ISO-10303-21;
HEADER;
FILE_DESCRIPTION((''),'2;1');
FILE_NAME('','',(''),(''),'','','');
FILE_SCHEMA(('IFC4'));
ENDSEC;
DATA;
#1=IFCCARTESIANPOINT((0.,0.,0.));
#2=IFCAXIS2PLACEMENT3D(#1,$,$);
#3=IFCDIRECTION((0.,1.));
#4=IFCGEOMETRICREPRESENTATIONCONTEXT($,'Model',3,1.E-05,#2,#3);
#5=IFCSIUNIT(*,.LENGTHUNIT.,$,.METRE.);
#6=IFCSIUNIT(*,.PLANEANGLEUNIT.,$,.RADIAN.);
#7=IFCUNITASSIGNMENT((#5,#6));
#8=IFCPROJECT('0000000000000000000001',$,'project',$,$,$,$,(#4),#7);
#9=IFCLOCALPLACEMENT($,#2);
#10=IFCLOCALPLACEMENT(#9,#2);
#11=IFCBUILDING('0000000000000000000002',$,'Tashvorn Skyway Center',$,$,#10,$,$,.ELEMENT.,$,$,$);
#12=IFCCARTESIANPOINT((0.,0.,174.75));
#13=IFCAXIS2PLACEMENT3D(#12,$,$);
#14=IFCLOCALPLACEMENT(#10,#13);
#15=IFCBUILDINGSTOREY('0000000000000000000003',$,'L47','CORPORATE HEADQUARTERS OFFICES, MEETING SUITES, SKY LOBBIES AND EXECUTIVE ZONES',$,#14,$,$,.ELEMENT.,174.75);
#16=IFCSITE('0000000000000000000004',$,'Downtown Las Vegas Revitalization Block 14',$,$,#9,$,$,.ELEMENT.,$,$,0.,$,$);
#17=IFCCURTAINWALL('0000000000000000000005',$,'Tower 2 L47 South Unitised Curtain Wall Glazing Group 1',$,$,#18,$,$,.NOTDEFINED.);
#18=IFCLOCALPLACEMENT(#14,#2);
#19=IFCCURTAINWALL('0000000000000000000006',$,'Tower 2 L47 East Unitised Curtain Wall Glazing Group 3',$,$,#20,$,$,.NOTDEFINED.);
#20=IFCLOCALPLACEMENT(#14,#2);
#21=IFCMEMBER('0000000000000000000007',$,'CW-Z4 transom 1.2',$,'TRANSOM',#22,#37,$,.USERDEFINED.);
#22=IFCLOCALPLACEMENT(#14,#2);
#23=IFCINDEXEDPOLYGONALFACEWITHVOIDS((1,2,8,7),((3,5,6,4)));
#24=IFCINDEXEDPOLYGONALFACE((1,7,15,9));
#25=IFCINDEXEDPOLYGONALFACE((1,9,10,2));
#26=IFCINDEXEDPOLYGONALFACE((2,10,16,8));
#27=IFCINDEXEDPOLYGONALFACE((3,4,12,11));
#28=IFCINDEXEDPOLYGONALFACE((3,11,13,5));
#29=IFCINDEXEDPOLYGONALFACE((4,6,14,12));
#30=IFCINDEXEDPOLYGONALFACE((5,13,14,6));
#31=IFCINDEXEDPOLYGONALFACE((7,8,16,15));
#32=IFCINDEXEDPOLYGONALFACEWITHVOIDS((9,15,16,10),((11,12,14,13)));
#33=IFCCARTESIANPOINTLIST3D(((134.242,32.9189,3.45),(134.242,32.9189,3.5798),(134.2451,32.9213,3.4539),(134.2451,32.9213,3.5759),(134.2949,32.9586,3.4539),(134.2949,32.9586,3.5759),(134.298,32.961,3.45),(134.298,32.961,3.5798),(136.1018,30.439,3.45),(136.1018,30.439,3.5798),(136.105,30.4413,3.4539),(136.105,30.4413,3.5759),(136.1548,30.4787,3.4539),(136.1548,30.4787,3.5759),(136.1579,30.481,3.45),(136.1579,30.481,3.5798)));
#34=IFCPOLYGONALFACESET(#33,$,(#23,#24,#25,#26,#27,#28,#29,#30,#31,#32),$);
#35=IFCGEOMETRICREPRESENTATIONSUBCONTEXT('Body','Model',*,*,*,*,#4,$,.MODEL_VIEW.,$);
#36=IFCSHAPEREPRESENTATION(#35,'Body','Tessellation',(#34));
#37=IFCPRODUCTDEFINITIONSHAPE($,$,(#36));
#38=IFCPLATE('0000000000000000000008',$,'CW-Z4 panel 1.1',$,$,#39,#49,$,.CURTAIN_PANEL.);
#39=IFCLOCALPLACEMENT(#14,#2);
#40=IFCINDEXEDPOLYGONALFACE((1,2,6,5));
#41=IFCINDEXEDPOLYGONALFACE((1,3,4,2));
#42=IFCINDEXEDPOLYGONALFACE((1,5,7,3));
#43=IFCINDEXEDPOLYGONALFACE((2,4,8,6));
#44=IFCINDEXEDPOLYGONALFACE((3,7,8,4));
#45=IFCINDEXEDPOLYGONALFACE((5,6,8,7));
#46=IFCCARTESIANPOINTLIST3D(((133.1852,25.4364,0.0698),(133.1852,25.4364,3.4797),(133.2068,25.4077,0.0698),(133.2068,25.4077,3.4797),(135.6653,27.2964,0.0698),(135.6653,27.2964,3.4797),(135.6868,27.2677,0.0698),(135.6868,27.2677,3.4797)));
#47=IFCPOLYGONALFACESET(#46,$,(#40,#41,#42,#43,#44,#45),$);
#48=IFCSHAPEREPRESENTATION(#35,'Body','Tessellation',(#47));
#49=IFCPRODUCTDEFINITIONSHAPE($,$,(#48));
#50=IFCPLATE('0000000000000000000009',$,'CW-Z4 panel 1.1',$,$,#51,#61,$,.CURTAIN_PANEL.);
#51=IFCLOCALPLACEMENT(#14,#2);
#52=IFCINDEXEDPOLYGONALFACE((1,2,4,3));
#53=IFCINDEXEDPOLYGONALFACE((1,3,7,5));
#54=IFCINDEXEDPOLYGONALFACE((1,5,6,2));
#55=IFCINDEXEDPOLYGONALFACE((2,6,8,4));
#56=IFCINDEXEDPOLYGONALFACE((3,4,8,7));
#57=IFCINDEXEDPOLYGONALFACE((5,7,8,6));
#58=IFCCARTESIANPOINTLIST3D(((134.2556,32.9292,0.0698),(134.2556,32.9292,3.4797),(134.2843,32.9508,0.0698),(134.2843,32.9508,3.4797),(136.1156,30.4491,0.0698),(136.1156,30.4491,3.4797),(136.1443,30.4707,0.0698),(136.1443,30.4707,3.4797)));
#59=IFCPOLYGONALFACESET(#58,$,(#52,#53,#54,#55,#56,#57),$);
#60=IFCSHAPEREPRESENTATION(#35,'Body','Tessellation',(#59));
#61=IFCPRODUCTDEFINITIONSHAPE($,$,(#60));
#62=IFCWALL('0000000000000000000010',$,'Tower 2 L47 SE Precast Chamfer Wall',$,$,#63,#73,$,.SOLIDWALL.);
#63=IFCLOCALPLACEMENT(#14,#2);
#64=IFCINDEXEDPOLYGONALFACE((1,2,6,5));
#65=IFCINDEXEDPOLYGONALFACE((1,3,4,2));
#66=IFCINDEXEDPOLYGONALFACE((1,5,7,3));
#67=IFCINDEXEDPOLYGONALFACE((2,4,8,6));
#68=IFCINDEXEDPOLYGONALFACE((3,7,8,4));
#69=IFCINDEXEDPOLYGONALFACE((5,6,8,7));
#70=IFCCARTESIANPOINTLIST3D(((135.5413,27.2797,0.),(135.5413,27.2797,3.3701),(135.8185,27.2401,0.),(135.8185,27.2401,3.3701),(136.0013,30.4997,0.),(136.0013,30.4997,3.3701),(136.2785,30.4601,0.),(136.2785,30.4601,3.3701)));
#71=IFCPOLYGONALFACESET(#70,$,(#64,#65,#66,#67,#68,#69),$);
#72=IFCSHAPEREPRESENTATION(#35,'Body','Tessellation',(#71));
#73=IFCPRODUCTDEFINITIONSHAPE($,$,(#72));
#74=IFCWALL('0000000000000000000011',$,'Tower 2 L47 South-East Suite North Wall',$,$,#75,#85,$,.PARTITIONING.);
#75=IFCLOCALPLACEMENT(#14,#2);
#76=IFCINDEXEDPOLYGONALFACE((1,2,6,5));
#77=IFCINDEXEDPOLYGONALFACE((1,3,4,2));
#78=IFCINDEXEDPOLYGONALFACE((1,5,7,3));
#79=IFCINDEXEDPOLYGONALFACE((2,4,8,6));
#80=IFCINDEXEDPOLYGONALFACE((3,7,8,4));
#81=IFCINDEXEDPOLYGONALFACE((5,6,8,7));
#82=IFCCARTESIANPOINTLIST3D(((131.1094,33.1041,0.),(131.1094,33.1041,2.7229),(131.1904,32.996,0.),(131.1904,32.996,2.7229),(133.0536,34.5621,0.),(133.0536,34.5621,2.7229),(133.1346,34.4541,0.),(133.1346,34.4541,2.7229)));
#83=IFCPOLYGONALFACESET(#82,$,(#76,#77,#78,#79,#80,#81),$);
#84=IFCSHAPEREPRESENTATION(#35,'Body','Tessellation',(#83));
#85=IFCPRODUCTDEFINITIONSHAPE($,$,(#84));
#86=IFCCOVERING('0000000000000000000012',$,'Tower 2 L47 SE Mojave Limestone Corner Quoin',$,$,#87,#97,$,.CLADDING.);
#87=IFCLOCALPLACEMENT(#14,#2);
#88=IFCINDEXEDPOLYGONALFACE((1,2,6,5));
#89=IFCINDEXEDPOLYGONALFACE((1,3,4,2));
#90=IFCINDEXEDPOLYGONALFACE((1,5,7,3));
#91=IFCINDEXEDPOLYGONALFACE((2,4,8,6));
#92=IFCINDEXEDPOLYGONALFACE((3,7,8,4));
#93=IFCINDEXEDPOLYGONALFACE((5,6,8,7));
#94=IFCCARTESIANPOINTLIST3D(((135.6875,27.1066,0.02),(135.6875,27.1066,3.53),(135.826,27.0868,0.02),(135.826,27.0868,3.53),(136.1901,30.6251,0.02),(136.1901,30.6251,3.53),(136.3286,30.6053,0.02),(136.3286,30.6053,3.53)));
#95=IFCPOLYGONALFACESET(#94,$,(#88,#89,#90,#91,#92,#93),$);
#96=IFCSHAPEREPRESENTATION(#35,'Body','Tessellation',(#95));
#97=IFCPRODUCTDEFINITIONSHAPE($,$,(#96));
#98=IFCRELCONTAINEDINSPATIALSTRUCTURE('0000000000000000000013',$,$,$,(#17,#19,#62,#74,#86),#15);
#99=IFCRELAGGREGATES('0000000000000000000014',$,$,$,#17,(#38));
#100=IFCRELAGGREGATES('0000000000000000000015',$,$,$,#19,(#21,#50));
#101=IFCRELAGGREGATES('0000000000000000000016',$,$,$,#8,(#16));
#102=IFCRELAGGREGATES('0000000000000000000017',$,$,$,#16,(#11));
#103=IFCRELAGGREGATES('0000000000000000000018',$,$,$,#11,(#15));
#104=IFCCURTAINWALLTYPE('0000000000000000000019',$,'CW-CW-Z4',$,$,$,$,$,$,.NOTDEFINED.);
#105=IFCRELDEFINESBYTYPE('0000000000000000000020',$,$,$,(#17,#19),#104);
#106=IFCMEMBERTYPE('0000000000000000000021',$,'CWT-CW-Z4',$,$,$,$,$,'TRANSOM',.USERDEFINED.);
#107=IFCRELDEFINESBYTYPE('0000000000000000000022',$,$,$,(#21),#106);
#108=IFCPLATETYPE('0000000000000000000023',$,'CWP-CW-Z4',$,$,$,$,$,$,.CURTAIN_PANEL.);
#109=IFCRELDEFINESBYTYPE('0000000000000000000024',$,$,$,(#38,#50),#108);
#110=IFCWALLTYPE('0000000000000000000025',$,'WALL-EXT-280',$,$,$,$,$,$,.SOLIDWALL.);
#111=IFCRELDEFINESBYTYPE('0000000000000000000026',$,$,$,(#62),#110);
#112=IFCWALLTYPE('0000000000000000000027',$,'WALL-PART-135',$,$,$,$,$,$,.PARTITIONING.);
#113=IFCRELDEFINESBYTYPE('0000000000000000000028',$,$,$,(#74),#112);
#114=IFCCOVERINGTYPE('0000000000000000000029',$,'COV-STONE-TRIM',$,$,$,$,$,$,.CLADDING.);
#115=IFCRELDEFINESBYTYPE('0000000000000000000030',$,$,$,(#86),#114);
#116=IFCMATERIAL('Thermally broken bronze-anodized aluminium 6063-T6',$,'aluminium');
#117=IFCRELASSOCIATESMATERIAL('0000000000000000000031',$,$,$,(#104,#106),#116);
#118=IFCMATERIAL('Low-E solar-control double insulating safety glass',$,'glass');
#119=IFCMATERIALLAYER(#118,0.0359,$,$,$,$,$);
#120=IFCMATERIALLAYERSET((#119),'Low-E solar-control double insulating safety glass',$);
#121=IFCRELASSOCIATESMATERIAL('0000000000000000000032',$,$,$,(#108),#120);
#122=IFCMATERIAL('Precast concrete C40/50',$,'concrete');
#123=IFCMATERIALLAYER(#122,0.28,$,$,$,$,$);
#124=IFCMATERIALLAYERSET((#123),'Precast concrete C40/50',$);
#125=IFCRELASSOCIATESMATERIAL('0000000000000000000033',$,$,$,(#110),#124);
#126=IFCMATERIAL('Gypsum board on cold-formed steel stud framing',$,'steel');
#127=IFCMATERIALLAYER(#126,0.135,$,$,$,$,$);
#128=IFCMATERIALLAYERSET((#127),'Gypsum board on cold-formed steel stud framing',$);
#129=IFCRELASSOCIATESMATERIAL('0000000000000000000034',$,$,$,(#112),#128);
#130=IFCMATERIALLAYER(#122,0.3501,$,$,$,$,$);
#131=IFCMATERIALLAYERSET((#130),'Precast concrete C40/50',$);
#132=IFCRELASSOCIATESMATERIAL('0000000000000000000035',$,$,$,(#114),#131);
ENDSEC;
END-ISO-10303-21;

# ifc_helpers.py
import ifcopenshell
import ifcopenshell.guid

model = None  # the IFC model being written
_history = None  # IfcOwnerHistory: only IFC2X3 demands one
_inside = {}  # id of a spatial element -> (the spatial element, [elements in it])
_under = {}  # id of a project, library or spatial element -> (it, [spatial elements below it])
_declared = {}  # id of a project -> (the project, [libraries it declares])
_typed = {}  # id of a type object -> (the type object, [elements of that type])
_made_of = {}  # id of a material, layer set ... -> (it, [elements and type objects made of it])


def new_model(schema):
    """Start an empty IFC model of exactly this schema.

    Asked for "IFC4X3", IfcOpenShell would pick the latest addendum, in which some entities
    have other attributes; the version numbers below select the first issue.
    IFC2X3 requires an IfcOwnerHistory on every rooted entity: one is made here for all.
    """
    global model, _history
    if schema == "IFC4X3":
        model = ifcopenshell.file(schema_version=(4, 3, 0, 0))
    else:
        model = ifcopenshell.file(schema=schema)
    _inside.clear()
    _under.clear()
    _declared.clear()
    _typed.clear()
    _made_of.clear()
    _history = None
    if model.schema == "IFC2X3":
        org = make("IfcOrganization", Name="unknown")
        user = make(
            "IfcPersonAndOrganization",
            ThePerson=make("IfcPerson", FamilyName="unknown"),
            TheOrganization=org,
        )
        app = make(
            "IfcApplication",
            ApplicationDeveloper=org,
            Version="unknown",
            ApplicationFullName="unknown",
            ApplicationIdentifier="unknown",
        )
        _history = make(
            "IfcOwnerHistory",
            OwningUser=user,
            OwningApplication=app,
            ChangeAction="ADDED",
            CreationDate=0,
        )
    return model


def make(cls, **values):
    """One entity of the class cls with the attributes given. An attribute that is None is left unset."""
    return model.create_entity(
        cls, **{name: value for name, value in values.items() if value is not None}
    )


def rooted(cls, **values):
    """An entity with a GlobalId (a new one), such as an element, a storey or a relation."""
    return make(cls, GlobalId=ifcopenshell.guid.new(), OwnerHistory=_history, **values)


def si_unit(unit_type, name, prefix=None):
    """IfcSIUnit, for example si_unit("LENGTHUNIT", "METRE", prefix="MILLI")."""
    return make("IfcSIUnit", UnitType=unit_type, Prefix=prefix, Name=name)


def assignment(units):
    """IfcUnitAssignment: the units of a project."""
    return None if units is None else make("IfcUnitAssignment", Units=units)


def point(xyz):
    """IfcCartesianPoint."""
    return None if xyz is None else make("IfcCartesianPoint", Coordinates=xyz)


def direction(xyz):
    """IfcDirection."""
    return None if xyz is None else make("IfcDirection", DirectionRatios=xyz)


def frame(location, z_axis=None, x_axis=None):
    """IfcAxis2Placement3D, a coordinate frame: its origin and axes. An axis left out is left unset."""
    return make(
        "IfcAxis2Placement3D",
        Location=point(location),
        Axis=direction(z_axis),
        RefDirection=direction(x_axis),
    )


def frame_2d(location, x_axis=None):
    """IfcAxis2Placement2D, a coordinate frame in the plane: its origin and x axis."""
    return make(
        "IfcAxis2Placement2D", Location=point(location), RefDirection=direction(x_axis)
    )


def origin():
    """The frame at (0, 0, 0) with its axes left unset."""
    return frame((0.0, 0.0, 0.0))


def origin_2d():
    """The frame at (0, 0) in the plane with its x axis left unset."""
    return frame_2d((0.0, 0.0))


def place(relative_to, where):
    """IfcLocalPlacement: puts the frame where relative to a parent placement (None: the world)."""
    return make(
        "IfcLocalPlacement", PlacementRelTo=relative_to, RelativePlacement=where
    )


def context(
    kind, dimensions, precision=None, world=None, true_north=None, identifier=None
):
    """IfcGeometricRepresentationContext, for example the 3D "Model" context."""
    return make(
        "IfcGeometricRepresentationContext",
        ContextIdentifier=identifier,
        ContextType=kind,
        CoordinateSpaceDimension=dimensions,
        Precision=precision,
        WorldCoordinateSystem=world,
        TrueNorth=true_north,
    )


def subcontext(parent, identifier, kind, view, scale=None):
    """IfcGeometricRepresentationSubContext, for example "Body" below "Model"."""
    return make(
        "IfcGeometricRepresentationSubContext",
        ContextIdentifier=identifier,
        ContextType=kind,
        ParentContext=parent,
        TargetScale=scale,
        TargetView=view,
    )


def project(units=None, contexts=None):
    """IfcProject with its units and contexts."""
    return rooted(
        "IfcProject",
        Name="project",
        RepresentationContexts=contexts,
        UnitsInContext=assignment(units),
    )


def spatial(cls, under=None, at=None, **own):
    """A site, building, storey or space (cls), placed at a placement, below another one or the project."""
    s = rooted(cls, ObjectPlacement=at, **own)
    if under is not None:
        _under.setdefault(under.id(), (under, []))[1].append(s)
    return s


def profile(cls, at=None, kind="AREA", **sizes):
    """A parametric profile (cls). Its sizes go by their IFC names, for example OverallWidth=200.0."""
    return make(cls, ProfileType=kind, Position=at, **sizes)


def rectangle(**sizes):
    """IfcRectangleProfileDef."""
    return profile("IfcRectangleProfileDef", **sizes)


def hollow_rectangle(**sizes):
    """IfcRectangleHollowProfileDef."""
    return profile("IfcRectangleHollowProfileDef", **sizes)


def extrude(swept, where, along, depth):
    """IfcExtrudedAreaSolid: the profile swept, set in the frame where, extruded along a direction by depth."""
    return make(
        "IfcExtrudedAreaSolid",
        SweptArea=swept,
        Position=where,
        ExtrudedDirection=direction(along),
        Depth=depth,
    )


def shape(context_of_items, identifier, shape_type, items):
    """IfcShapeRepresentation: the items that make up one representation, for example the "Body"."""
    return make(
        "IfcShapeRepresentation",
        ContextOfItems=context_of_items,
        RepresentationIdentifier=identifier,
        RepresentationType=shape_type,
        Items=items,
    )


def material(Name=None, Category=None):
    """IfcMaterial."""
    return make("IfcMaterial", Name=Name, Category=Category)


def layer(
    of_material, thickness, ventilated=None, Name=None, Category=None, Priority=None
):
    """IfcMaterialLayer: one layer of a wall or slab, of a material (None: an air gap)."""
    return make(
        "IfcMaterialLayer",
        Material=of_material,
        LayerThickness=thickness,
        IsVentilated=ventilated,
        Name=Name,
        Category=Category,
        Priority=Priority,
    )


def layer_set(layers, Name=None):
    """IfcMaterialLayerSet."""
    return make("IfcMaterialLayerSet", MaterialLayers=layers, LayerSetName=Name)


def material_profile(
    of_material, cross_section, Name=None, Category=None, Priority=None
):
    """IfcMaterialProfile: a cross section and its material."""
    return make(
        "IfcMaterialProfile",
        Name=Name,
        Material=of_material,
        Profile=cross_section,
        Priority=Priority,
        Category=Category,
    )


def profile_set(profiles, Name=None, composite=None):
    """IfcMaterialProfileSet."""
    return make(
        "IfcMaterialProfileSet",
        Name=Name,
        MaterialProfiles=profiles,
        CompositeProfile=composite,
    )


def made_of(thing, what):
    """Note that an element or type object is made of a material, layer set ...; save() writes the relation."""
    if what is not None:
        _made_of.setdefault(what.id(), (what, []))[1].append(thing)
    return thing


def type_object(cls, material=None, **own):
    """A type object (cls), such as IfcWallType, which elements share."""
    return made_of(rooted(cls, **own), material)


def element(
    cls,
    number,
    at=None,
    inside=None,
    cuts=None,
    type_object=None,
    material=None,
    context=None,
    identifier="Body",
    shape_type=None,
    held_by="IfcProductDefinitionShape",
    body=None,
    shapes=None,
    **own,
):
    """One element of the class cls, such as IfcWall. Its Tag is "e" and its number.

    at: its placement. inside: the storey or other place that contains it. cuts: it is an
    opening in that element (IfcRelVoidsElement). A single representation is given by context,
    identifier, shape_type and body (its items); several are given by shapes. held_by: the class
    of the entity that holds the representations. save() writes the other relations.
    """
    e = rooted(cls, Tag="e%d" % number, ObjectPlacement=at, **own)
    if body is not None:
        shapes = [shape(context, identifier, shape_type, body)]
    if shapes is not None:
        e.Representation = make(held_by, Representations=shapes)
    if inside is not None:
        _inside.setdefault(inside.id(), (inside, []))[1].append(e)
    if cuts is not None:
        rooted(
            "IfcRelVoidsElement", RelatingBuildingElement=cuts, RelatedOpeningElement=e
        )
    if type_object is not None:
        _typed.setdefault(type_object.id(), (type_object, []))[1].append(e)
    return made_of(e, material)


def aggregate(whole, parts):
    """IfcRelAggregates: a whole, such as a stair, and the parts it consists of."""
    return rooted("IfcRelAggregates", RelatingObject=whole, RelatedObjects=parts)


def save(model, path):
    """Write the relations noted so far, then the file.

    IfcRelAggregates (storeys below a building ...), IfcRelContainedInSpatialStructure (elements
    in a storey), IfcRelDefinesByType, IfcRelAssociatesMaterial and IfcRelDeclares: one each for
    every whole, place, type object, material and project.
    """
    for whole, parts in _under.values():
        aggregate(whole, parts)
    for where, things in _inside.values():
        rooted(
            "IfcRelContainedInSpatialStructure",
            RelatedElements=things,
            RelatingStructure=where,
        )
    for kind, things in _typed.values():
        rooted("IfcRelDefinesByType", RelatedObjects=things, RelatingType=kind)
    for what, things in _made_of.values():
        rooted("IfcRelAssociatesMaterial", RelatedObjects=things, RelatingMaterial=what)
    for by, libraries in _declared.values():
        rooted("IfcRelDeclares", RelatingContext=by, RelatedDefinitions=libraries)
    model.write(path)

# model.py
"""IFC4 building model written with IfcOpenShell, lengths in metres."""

from ifc_helpers import new_model, si_unit, direction, frame, frame_2d, origin, origin_2d, place, context, subcontext, project, spatial, rectangle, hollow_rectangle, extrude, material, layer, layer_set, material_profile, profile_set, type_object, element, aggregate, save


model = new_model("IFC4")

# Units and contexts
model_context = context("Model", 3, precision=1e-05, world=origin(), true_north=direction((0.0, 1.0)))
body_context = subcontext(model_context, "Body", "Model", "MODEL_VIEW")
ifc_project = project(units=[si_unit("LENGTHUNIT", "METRE"), si_unit("PLANEANGLEUNIT", "RADIAN")], contexts=[model_context])

# Site, building, storey
site_placement = place(None, origin())
site = spatial("IfcSite", under=ifc_project, at=site_placement, Name="Downtown Las Vegas Revitalization Block 14", CompositionType="ELEMENT", RefElevation=0.0)
building_placement = place(site_placement, origin())
building = spatial("IfcBuilding", under=site, at=building_placement, Name="Tashvorn Skyway Center", CompositionType="ELEMENT")
storey_placement = place(building_placement, frame((0.0, 0.0, 174.75)))
storey = spatial("IfcBuildingStorey", under=building, at=storey_placement, Name="L47", Description="CORPORATE HEADQUARTERS OFFICES, MEETING SUITES, SKY LOBBIES AND EXECUTIVE ZONES", CompositionType="ELEMENT", Elevation=174.75)

# Curtain wall
ifc_material_1 = material(Name="Thermally broken bronze-anodized aluminium 6063-T6", Category="aluminium")
curtain_wall_type = type_object("IfcCurtainWallType", Name="CW-CW-Z4", PredefinedType="NOTDEFINED", material=ifc_material_1)
curtain_wall_1_placement = place(storey_placement, origin())
curtain_wall_1 = element("IfcCurtainWall", 1, at=curtain_wall_1_placement, inside=storey, type_object=curtain_wall_type, Name="Tower 2 L47 South Unitised Curtain Wall Glazing Group 1", PredefinedType="NOTDEFINED")

# Curtain wall
curtain_wall_2_placement = place(storey_placement, origin())
curtain_wall_2 = element("IfcCurtainWall", 2, at=curtain_wall_2_placement, inside=storey, type_object=curtain_wall_type, Name="Tower 2 L47 East Unitised Curtain Wall Glazing Group 3", PredefinedType="NOTDEFINED")

# Member
ifc_material_profile_1 = material_profile(ifc_material_1, hollow_rectangle(XDim=0.0701, YDim=0.1299, WallThickness=0.0039, at=origin_2d()), Name="ALU-TRAN-70x130")
ifc_profile_set_1 = profile_set([ifc_material_profile_1], Name="Thermally broken bronze-anodized aluminium 6063-T6")
member_type_1 = type_object("IfcMemberType", Name="CWT-CW-Z4", ElementType="TRANSOM", PredefinedType="USERDEFINED", material=ifc_profile_set_1)
member_1_placement = place(storey_placement, frame((134.27, 32.9399, 3.5149), z_axis=(0.599975, -0.800019, 0.0), x_axis=(0.800019, 0.599975, 0.0)))
member_1 = element("IfcMember", 3, at=member_1_placement, type_object=member_type_1, Name="CW-Z4 transom 1.2", ObjectType="TRANSOM", PredefinedType="USERDEFINED", context=body_context, shape_type="SweptSolid", body=[
    extrude(hollow_rectangle(XDim=0.0701, YDim=0.1299, WallThickness=0.0039, at=origin_2d()), origin(), (0.0, 0.0, 1.0), 3.0999),
])

# Plates
ifc_material_2 = material(Name="Low-E solar-control double insulating safety glass", Category="glass")
ifc_layer_1 = layer(ifc_material_2, 0.0359)
ifc_layer_set_1 = layer_set([ifc_layer_1], Name="Low-E solar-control double insulating safety glass")
plate_type = type_object("IfcPlateType", Name="CWP-CW-Z4", PredefinedType="CURTAIN_PANEL", material=ifc_layer_set_1)
plate_1_placement = place(storey_placement, frame((134.436, 26.3521, 0.0698), z_axis=(0.0, 0.0, 1.0), x_axis=(-0.8, -0.6, 0.0)))
plate_1 = element("IfcPlate", 4, at=plate_1_placement, type_object=plate_type, Name="CW-Z4 panel 1.1", PredefinedType="CURTAIN_PANEL", context=body_context, shape_type="SweptSolid", body=[
    extrude(rectangle(XDim=3.1001, YDim=0.0359, at=origin_2d()), origin(), (0.0, 0.0, 1.0), 3.4099),
])
aggregate(curtain_wall_1, [plate_1])
plate_2_placement = place(storey_placement, frame((135.2, 31.7, 0.0698), z_axis=(0.0, 0.0, 1.0), x_axis=(0.6, -0.8, 0.0)))
plate_2 = element("IfcPlate", 5, at=plate_2_placement, type_object=plate_type, Name="CW-Z4 panel 1.1", PredefinedType="CURTAIN_PANEL", context=body_context, shape_type="SweptSolid", body=[
    extrude(rectangle(XDim=3.1001, YDim=0.0359, at=origin_2d()), origin(), (0.0, 0.0, 1.0), 3.4099),
])
aggregate(curtain_wall_2, [member_1, plate_2])

# Walls
ifc_material_3 = material(Name="Precast concrete C40/50", Category="concrete")
ifc_layer_2 = layer(ifc_material_3, 0.28)
ifc_layer_set_2 = layer_set([ifc_layer_2], Name="Precast concrete C40/50")
wall_type_1 = type_object("IfcWallType", Name="WALL-EXT-280", PredefinedType="SOLIDWALL", material=ifc_layer_set_2)
wall_1_placement = place(storey_placement, frame((136.1399, 30.48, 0.0), z_axis=(0.0, 0.0, 1.0), x_axis=(-0.141411, -0.989951, 0.0)))
element("IfcWall", 6, at=wall_1_placement, inside=storey, type_object=wall_type_1, Name="Tower 2 L47 SE Precast Chamfer Wall", PredefinedType="SOLIDWALL", context=body_context, shape_type="SweptSolid", body=[
    extrude(rectangle(XDim=3.2527, YDim=0.28, at=frame_2d((1.6265, 0.0))), origin(), (0.0, 0.0, 1.0), 3.3701),
])
ifc_material_4 = material(Name="Gypsum board on cold-formed steel stud framing", Category="steel")
ifc_layer_3 = layer(ifc_material_4, 0.135)
ifc_layer_set_3 = layer_set([ifc_layer_3], Name="Gypsum board on cold-formed steel stud framing")
wall_type_2 = type_object("IfcWallType", Name="WALL-PART-135", PredefinedType="PARTITIONING", material=ifc_layer_set_3)
wall_2_placement = place(storey_placement, frame((131.1499, 33.05, 0.0), z_axis=(0.0, 0.0, 1.0), x_axis=(0.800012, 0.599984, 0.0)))
element("IfcWall", 7, at=wall_2_placement, inside=storey, type_object=wall_type_2, Name="Tower 2 L47 South-East Suite North Wall", PredefinedType="PARTITIONING", context=body_context, shape_type="SweptSolid", body=[
    extrude(rectangle(XDim=2.4302, YDim=0.135, at=frame_2d((1.2151, 0.0))), origin(), (0.0, 0.0, 1.0), 2.7229),
])

# Covering
ifc_layer_4 = layer(ifc_material_3, 0.3501)
ifc_layer_set_4 = layer_set([ifc_layer_4], Name="Precast concrete C40/50")
covering_type = type_object("IfcCoveringType", Name="COV-STONE-TRIM", PredefinedType="CLADDING", material=ifc_layer_set_4)
covering_placement = place(storey_placement, frame((136.0081, 28.856, 0.02), z_axis=(0.0, 0.0, 1.0), x_axis=(0.141421, 0.989949, 0.0)))
element("IfcCovering", 8, at=covering_placement, inside=storey, type_object=covering_type, Name="Tower 2 L47 SE Mojave Limestone Corner Quoin", PredefinedType="CLADDING", context=body_context, shape_type="SweptSolid", body=[
    extrude(rectangle(XDim=3.5542, YDim=0.1399, at=origin_2d()), origin(), (0.0, 0.0, 1.0), 3.51),
])

save(model, "model.ifc")
